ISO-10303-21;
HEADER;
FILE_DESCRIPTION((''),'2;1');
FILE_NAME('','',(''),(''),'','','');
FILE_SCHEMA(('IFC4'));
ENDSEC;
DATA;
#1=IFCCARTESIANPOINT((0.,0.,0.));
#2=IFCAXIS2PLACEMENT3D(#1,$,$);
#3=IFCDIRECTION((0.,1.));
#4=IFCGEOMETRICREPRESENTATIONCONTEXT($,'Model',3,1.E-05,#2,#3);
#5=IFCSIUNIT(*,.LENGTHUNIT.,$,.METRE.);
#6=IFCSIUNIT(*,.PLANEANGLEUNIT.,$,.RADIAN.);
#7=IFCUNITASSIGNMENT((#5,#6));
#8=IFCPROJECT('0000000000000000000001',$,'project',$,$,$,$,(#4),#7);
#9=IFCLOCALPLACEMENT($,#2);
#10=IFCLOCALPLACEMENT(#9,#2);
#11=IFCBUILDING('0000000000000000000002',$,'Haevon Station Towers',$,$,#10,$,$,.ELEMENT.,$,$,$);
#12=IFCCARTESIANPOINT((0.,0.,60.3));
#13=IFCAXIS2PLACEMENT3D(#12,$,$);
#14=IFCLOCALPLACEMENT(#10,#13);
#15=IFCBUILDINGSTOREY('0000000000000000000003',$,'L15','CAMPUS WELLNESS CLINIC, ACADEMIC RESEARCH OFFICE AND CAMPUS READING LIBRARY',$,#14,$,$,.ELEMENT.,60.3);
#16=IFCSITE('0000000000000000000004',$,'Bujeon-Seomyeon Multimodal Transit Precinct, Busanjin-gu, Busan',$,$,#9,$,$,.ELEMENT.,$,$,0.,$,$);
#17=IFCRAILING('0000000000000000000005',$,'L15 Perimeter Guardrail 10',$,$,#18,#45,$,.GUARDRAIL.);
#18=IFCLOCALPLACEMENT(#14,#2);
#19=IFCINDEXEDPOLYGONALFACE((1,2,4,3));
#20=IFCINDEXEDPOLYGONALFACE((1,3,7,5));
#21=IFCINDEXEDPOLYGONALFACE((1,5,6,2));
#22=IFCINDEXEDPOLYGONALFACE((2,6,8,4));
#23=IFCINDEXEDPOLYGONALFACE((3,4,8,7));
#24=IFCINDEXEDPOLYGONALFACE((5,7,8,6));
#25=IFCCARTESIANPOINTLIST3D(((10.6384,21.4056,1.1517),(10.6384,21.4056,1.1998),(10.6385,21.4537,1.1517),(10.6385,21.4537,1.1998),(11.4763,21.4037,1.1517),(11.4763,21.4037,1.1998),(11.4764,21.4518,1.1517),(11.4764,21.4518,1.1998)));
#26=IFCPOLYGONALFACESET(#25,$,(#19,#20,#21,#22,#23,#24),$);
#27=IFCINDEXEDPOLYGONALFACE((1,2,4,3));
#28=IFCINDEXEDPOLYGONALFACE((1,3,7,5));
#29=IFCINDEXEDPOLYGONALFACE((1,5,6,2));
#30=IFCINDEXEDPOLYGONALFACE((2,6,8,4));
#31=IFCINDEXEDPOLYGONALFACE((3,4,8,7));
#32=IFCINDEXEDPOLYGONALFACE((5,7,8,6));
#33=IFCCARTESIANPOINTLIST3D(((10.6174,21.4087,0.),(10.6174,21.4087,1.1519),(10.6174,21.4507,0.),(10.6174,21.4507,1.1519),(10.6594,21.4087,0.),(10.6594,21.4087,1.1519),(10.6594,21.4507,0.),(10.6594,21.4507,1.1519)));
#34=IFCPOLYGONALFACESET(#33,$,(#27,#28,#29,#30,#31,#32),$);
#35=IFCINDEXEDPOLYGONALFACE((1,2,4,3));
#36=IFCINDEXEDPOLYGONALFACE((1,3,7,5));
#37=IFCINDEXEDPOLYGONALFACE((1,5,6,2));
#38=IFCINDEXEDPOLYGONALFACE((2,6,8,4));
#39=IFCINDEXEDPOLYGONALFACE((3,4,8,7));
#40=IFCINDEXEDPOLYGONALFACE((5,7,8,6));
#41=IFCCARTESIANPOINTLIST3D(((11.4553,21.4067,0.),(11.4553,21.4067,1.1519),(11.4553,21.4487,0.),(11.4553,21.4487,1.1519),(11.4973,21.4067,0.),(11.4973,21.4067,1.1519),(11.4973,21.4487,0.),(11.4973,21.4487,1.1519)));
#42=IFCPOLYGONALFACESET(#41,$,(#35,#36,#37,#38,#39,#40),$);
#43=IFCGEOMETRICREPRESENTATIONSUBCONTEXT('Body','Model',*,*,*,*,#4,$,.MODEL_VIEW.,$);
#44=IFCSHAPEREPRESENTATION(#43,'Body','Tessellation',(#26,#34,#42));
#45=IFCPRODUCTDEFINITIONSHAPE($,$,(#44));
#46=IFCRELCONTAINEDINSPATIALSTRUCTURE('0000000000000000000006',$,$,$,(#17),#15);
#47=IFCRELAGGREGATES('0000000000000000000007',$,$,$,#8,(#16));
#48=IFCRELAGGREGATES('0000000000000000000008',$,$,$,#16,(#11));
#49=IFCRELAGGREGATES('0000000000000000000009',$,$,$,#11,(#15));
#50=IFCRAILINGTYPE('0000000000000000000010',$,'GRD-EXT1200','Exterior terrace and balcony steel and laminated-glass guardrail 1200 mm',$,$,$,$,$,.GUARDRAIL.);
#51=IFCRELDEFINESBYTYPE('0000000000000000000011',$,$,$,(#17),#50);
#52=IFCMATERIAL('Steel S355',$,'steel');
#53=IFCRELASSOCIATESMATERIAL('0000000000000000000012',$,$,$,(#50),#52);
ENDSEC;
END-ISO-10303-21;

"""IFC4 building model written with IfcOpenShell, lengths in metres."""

from ifc_helpers import new_model, si_unit, direction, frame, origin, origin_2d, place, context, subcontext, project, spatial, rectangle, extrude, material, type_object, element, save


model = new_model("IFC4")

# Units and contexts
model_context = context("Model", 3, precision=1e-05, world=origin(), true_north=direction((0.0, 1.0)))
body_context = subcontext(model_context, "Body", "Model", "MODEL_VIEW")
ifc_project = project(units=[si_unit("LENGTHUNIT", "METRE"), si_unit("PLANEANGLEUNIT", "RADIAN")], contexts=[model_context])

# Site, building, storey
site_placement = place(None, origin())
site = spatial("IfcSite", under=ifc_project, at=site_placement, Name="Bujeon-Seomyeon Multimodal Transit Precinct, Busanjin-gu, Busan", CompositionType="ELEMENT", RefElevation=0.0)
building_placement = place(site_placement, origin())
building = spatial("IfcBuilding", under=site, at=building_placement, Name="Haevon Station Towers", CompositionType="ELEMENT")
storey_placement = place(building_placement, frame((0.0, 0.0, 60.3)))
storey = spatial("IfcBuildingStorey", under=building, at=storey_placement, Name="L15", Description="CAMPUS WELLNESS CLINIC, ACADEMIC RESEARCH OFFICE AND CAMPUS READING LIBRARY", CompositionType="ELEMENT", Elevation=60.3)

# Shared definitions
ifc_material_1 = material(Name="Steel S355", Category="steel")

# Railing
railing_type = type_object("IfcRailingType", Name="GRD-EXT1200", Description="Exterior terrace and balcony steel and laminated-glass guardrail 1200 mm", PredefinedType="GUARDRAIL", material=ifc_material_1)
railing_1_placement = place(storey_placement, frame((10.6384, 21.4297, 0.0)))
element("IfcRailing", 1, at=railing_1_placement, inside=storey, type_object=railing_type, Name="L15 Perimeter Guardrail 10", PredefinedType="GUARDRAIL", context=body_context, shape_type="SweptSolid", body=[
    extrude(rectangle(XDim=0.0481, YDim=0.0481, at=origin_2d()), frame((0.0, 0.0, 1.1758), z_axis=(0.999997, -0.002331, 0.0), x_axis=(0.002331, 0.999997, 0.0)), (0.0, 0.0, 1.0), 0.8379),
    extrude(rectangle(XDim=0.042, YDim=0.042, at=origin_2d()), origin(), (0.0, 0.0, 1.0), 1.1519),
    extrude(rectangle(XDim=0.042, YDim=0.042, at=origin_2d()), frame((0.8379, -0.002, 0.0)), (0.0, 0.0, 1.0), 1.1519),
])

save(model, "model.ifc")
